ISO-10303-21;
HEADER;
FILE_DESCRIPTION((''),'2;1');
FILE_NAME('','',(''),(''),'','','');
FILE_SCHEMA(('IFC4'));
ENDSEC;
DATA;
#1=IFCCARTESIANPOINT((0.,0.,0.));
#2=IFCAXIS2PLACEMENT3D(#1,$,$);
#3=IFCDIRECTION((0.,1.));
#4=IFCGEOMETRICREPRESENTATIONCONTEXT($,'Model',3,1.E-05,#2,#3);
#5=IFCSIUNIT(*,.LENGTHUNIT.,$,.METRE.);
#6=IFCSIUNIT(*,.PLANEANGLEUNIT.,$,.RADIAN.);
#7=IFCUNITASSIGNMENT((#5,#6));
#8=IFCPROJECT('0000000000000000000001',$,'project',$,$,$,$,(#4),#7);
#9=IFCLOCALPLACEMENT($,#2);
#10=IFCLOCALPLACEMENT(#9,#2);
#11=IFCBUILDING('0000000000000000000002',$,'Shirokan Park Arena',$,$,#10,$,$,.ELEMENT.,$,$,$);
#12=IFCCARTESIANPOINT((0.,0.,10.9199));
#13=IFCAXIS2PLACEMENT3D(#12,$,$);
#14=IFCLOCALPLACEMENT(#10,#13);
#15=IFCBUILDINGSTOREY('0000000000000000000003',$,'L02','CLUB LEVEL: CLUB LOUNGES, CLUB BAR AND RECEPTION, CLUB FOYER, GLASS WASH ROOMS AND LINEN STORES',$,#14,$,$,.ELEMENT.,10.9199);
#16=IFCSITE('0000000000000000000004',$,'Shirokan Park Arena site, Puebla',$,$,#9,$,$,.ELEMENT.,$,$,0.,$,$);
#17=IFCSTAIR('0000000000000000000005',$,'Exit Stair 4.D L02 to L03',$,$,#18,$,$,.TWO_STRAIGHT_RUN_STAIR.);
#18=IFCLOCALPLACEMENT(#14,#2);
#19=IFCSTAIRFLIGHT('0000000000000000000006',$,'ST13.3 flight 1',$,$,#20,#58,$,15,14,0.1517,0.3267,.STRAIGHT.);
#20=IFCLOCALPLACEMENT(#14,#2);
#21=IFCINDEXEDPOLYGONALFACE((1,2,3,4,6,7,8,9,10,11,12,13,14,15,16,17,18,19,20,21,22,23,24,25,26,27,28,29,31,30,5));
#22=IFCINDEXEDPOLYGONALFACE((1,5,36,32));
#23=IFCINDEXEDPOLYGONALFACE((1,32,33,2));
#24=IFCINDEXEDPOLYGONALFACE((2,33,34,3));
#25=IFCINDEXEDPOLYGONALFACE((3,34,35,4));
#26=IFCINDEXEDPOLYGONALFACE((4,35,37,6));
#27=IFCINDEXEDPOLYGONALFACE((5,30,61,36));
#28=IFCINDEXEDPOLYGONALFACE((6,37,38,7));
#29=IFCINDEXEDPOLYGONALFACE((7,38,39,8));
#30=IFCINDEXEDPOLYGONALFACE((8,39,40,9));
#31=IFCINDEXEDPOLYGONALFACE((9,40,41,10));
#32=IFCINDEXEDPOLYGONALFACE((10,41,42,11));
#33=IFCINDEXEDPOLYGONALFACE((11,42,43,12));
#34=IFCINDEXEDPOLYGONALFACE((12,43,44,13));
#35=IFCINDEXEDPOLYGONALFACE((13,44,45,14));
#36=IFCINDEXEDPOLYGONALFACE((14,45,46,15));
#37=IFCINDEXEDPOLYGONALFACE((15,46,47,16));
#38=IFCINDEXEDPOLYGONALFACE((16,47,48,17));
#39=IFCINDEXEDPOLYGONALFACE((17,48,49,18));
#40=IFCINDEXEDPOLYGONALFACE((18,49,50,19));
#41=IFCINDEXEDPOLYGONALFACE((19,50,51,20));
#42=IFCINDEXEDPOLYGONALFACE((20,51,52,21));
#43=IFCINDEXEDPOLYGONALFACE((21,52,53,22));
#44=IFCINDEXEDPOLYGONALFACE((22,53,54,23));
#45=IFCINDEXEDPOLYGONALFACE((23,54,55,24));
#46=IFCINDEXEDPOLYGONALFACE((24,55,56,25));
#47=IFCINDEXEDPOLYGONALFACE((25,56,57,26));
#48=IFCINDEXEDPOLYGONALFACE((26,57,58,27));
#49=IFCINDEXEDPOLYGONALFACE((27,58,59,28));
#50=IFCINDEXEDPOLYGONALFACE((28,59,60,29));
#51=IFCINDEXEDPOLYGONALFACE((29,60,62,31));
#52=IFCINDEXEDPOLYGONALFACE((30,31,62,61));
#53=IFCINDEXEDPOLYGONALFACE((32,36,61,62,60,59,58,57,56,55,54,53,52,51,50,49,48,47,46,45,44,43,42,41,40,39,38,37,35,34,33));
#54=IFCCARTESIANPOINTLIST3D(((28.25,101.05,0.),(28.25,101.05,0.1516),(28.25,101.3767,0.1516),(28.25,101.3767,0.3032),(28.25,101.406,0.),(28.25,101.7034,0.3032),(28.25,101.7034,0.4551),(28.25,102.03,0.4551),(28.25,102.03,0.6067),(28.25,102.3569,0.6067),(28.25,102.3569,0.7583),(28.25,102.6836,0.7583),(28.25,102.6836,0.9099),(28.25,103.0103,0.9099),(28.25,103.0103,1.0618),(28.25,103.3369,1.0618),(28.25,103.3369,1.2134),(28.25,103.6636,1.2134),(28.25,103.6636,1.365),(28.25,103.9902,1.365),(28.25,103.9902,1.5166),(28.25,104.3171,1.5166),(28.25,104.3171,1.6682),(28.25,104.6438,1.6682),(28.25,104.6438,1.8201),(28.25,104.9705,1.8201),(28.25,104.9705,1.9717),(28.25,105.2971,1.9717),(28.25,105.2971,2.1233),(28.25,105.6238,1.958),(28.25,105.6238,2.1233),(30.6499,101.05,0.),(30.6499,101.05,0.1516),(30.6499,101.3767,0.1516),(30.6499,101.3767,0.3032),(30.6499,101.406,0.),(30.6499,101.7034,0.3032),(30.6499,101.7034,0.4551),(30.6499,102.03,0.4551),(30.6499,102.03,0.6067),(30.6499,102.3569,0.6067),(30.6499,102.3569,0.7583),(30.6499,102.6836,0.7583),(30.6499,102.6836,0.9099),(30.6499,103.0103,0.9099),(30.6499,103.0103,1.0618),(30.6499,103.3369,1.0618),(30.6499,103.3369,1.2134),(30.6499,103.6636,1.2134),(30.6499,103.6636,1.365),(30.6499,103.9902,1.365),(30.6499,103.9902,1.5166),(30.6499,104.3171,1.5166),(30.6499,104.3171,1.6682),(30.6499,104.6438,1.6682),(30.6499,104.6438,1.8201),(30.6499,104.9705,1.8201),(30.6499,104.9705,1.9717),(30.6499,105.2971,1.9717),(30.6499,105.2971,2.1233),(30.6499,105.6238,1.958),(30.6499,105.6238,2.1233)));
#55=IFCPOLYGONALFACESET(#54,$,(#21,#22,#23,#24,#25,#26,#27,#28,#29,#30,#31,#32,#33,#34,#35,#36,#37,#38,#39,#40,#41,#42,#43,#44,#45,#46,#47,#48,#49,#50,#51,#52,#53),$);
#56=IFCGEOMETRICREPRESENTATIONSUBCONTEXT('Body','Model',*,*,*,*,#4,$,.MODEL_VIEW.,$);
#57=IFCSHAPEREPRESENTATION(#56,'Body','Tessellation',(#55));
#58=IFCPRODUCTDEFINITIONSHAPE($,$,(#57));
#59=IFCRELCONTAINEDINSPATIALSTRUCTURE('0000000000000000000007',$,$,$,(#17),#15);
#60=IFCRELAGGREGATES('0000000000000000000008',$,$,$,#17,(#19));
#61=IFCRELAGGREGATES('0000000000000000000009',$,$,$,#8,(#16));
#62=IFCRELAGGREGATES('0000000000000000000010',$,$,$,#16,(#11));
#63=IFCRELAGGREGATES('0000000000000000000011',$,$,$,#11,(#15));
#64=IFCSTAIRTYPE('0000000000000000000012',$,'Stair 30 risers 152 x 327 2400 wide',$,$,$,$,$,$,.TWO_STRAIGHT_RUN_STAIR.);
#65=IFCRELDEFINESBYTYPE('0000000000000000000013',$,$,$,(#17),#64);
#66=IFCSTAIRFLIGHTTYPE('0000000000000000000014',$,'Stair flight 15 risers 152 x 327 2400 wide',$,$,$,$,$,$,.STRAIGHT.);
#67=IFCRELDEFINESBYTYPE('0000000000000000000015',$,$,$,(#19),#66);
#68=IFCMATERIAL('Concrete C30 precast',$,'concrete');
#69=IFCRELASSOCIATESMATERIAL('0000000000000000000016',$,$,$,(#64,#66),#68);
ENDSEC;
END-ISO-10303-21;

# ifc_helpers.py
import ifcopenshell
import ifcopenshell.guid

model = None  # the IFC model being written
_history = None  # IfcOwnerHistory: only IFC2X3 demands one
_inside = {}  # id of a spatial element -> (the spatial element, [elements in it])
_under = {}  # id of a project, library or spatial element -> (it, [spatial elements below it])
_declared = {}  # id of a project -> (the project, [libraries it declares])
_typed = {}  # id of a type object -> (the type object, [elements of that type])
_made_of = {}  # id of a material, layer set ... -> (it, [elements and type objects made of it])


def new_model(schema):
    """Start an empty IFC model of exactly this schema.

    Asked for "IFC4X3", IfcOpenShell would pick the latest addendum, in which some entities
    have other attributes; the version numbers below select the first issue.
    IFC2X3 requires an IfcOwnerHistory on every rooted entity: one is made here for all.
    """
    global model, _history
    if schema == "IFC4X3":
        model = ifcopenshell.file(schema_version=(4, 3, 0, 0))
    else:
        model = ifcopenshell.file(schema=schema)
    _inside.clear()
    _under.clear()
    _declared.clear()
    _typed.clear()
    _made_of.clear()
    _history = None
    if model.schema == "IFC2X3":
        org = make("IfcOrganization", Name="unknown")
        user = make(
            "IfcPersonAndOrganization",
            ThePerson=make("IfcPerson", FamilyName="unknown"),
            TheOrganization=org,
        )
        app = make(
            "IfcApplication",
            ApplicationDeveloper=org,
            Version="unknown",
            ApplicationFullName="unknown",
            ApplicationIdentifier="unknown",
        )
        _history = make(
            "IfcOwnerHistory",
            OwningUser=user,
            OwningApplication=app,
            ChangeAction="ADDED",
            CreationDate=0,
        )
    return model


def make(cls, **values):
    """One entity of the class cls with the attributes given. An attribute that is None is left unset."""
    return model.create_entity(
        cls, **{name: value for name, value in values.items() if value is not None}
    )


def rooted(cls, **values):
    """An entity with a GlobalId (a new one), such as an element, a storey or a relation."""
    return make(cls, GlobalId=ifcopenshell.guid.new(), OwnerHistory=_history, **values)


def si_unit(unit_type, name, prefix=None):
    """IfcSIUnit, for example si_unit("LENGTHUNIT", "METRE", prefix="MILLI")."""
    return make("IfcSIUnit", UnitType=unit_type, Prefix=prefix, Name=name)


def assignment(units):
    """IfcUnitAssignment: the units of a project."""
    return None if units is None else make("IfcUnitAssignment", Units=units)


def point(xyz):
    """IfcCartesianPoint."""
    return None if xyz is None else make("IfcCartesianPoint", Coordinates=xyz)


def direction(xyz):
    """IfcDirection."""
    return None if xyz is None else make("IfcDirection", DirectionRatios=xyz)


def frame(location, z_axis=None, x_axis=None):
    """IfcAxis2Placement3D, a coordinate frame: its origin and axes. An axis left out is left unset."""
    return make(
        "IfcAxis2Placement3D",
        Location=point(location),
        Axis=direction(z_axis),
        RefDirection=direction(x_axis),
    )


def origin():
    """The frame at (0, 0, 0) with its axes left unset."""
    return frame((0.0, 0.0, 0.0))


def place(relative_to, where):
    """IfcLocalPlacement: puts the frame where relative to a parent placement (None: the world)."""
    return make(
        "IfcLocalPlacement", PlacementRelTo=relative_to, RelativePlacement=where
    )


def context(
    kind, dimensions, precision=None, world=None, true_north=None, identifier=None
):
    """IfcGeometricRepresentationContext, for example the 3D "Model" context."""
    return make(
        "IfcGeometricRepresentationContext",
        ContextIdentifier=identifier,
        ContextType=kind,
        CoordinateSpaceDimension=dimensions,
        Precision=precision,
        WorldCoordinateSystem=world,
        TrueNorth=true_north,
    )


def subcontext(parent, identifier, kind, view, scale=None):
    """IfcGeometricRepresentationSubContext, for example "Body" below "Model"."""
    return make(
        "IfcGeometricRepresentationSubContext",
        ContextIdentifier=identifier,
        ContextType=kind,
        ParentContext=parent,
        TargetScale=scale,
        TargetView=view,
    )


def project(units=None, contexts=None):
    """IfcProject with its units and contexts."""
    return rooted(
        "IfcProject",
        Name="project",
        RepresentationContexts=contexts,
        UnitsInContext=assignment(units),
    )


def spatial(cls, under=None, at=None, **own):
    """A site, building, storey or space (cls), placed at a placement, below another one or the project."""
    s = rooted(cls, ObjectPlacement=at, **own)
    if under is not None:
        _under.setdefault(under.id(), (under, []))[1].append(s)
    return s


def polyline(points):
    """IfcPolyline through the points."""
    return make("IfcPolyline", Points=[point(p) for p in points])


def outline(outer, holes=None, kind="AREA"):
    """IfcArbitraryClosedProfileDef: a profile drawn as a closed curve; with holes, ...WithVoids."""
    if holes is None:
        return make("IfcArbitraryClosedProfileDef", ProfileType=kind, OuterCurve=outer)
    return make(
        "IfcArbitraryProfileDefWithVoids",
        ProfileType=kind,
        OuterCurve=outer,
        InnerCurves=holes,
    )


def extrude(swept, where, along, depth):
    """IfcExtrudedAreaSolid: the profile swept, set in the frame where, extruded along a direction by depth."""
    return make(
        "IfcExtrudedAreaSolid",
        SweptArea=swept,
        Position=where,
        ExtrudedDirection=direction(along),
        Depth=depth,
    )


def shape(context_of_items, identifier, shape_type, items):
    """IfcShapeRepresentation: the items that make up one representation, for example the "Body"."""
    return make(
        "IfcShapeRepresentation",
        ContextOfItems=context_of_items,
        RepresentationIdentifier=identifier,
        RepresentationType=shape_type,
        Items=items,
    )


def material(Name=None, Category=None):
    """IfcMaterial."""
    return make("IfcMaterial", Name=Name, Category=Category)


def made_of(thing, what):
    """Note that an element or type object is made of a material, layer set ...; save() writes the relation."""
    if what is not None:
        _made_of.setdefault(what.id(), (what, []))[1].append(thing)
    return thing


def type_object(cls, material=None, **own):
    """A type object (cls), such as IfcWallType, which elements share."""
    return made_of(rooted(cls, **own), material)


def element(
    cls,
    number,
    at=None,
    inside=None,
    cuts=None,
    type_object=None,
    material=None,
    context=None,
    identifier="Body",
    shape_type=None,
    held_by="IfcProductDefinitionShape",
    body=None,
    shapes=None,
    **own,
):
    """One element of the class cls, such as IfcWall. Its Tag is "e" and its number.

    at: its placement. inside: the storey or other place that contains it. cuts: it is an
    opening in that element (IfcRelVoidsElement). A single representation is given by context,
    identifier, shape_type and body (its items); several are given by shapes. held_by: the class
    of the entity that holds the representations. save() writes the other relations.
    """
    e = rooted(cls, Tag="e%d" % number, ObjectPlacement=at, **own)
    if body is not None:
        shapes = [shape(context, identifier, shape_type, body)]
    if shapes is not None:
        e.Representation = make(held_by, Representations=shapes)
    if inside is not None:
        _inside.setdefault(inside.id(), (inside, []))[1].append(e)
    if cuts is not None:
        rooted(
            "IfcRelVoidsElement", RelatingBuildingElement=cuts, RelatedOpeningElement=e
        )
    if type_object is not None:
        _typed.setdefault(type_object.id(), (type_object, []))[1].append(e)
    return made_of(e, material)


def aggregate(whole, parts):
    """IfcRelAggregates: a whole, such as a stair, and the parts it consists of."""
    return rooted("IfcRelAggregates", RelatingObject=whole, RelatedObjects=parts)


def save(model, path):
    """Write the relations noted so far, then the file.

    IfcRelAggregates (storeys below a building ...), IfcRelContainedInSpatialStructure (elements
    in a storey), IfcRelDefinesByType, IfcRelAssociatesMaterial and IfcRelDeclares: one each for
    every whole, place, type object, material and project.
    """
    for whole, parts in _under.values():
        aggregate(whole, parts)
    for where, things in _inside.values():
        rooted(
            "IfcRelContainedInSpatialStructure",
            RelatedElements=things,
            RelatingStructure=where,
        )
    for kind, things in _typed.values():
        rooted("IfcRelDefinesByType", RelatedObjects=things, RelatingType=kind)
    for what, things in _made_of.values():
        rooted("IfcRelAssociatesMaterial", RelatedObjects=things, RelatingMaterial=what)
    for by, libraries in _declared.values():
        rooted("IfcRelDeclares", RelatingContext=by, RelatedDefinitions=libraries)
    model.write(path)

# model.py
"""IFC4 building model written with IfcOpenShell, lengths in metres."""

from ifc_helpers import new_model, si_unit, direction, frame, origin, place, context, subcontext, project, spatial, polyline, outline, extrude, material, type_object, element, aggregate, save


model = new_model("IFC4")

# Units and contexts
model_context = context("Model", 3, precision=1e-05, world=origin(), true_north=direction((0.0, 1.0)))
body_context = subcontext(model_context, "Body", "Model", "MODEL_VIEW")
ifc_project = project(units=[si_unit("LENGTHUNIT", "METRE"), si_unit("PLANEANGLEUNIT", "RADIAN")], contexts=[model_context])

# Site, building, storey
site_placement = place(None, origin())
site = spatial("IfcSite", under=ifc_project, at=site_placement, Name="Shirokan Park Arena site, Puebla", CompositionType="ELEMENT", RefElevation=0.0)
building_placement = place(site_placement, origin())
building = spatial("IfcBuilding", under=site, at=building_placement, Name="Shirokan Park Arena", CompositionType="ELEMENT")
storey_placement = place(building_placement, frame((0.0, 0.0, 10.9199)))
storey = spatial("IfcBuildingStorey", under=building, at=storey_placement, Name="L02", Description="CLUB LEVEL: CLUB LOUNGES, CLUB BAR AND RECEPTION, CLUB FOYER, GLASS WASH ROOMS AND LINEN STORES", CompositionType="ELEMENT", Elevation=10.9199)

# Stair, stair flight
ifc_material_1 = material(Name="Concrete C30 precast", Category="concrete")
stair_type = type_object("IfcStairType", Name="Stair 30 risers 152 x 327 2400 wide", PredefinedType="TWO_STRAIGHT_RUN_STAIR", material=ifc_material_1)
stair_placement = place(storey_placement, origin())
stair = element("IfcStair", 1, at=stair_placement, inside=storey, type_object=stair_type, Name="Exit Stair 4.D L02 to L03", PredefinedType="TWO_STRAIGHT_RUN_STAIR")
stair_flight_type = type_object("IfcStairFlightType", Name="Stair flight 15 risers 152 x 327 2400 wide", PredefinedType="STRAIGHT", material=ifc_material_1)
stair_flight_placement = place(storey_placement, frame((29.45, 101.05, 0.0), z_axis=(0.0, 0.0, 1.0), x_axis=(0.0, 1.0, 0.0)))
stair_flight = element("IfcStairFlight", 2, at=stair_flight_placement, type_object=stair_flight_type, Name="ST13.3 flight 1", NumberOfRisers=15, NumberOfTreads=14, PredefinedType="STRAIGHT", RiserHeight=0.1517, TreadLength=0.3267, context=body_context, shape_type="SweptSolid", body=[
    extrude(outline(polyline([(0.0, 0.0), (0.0, 0.1516), (0.3267, 0.1516), (0.3267, 0.3032), (0.6533, 0.3032), (0.6533, 0.4551), (0.98, 0.4551), (0.98, 0.6067), (1.3069, 0.6067), (1.3069, 0.7583), (1.6335, 0.7583), (1.6335, 0.9099), (1.9602, 0.9099), (1.9602, 1.0618), (2.2869, 1.0618), (2.2869, 1.2134), (2.6135, 1.2134), (2.6135, 1.365), (2.9402, 1.365), (2.9402, 1.5166), (3.2671, 1.5166), (3.2671, 1.6682), (3.5938, 1.6682), (3.5938, 1.8201), (3.9204, 1.8201), (3.9204, 1.9717), (4.2471, 1.9717), (4.2471, 2.1233), (4.5737, 2.1233), (4.5737, 2.2749), (4.5737, 1.958), (0.356, 0.0), (0.0, 0.0)])), frame((0.0, 1.2, 0.0), z_axis=(0.0, -1.0, 0.0), x_axis=(1.0, 0.0, 0.0)), (0.0, 0.0, 1.0), 2.3999),
])
aggregate(stair, [stair_flight])

save(model, "model.ifc")
